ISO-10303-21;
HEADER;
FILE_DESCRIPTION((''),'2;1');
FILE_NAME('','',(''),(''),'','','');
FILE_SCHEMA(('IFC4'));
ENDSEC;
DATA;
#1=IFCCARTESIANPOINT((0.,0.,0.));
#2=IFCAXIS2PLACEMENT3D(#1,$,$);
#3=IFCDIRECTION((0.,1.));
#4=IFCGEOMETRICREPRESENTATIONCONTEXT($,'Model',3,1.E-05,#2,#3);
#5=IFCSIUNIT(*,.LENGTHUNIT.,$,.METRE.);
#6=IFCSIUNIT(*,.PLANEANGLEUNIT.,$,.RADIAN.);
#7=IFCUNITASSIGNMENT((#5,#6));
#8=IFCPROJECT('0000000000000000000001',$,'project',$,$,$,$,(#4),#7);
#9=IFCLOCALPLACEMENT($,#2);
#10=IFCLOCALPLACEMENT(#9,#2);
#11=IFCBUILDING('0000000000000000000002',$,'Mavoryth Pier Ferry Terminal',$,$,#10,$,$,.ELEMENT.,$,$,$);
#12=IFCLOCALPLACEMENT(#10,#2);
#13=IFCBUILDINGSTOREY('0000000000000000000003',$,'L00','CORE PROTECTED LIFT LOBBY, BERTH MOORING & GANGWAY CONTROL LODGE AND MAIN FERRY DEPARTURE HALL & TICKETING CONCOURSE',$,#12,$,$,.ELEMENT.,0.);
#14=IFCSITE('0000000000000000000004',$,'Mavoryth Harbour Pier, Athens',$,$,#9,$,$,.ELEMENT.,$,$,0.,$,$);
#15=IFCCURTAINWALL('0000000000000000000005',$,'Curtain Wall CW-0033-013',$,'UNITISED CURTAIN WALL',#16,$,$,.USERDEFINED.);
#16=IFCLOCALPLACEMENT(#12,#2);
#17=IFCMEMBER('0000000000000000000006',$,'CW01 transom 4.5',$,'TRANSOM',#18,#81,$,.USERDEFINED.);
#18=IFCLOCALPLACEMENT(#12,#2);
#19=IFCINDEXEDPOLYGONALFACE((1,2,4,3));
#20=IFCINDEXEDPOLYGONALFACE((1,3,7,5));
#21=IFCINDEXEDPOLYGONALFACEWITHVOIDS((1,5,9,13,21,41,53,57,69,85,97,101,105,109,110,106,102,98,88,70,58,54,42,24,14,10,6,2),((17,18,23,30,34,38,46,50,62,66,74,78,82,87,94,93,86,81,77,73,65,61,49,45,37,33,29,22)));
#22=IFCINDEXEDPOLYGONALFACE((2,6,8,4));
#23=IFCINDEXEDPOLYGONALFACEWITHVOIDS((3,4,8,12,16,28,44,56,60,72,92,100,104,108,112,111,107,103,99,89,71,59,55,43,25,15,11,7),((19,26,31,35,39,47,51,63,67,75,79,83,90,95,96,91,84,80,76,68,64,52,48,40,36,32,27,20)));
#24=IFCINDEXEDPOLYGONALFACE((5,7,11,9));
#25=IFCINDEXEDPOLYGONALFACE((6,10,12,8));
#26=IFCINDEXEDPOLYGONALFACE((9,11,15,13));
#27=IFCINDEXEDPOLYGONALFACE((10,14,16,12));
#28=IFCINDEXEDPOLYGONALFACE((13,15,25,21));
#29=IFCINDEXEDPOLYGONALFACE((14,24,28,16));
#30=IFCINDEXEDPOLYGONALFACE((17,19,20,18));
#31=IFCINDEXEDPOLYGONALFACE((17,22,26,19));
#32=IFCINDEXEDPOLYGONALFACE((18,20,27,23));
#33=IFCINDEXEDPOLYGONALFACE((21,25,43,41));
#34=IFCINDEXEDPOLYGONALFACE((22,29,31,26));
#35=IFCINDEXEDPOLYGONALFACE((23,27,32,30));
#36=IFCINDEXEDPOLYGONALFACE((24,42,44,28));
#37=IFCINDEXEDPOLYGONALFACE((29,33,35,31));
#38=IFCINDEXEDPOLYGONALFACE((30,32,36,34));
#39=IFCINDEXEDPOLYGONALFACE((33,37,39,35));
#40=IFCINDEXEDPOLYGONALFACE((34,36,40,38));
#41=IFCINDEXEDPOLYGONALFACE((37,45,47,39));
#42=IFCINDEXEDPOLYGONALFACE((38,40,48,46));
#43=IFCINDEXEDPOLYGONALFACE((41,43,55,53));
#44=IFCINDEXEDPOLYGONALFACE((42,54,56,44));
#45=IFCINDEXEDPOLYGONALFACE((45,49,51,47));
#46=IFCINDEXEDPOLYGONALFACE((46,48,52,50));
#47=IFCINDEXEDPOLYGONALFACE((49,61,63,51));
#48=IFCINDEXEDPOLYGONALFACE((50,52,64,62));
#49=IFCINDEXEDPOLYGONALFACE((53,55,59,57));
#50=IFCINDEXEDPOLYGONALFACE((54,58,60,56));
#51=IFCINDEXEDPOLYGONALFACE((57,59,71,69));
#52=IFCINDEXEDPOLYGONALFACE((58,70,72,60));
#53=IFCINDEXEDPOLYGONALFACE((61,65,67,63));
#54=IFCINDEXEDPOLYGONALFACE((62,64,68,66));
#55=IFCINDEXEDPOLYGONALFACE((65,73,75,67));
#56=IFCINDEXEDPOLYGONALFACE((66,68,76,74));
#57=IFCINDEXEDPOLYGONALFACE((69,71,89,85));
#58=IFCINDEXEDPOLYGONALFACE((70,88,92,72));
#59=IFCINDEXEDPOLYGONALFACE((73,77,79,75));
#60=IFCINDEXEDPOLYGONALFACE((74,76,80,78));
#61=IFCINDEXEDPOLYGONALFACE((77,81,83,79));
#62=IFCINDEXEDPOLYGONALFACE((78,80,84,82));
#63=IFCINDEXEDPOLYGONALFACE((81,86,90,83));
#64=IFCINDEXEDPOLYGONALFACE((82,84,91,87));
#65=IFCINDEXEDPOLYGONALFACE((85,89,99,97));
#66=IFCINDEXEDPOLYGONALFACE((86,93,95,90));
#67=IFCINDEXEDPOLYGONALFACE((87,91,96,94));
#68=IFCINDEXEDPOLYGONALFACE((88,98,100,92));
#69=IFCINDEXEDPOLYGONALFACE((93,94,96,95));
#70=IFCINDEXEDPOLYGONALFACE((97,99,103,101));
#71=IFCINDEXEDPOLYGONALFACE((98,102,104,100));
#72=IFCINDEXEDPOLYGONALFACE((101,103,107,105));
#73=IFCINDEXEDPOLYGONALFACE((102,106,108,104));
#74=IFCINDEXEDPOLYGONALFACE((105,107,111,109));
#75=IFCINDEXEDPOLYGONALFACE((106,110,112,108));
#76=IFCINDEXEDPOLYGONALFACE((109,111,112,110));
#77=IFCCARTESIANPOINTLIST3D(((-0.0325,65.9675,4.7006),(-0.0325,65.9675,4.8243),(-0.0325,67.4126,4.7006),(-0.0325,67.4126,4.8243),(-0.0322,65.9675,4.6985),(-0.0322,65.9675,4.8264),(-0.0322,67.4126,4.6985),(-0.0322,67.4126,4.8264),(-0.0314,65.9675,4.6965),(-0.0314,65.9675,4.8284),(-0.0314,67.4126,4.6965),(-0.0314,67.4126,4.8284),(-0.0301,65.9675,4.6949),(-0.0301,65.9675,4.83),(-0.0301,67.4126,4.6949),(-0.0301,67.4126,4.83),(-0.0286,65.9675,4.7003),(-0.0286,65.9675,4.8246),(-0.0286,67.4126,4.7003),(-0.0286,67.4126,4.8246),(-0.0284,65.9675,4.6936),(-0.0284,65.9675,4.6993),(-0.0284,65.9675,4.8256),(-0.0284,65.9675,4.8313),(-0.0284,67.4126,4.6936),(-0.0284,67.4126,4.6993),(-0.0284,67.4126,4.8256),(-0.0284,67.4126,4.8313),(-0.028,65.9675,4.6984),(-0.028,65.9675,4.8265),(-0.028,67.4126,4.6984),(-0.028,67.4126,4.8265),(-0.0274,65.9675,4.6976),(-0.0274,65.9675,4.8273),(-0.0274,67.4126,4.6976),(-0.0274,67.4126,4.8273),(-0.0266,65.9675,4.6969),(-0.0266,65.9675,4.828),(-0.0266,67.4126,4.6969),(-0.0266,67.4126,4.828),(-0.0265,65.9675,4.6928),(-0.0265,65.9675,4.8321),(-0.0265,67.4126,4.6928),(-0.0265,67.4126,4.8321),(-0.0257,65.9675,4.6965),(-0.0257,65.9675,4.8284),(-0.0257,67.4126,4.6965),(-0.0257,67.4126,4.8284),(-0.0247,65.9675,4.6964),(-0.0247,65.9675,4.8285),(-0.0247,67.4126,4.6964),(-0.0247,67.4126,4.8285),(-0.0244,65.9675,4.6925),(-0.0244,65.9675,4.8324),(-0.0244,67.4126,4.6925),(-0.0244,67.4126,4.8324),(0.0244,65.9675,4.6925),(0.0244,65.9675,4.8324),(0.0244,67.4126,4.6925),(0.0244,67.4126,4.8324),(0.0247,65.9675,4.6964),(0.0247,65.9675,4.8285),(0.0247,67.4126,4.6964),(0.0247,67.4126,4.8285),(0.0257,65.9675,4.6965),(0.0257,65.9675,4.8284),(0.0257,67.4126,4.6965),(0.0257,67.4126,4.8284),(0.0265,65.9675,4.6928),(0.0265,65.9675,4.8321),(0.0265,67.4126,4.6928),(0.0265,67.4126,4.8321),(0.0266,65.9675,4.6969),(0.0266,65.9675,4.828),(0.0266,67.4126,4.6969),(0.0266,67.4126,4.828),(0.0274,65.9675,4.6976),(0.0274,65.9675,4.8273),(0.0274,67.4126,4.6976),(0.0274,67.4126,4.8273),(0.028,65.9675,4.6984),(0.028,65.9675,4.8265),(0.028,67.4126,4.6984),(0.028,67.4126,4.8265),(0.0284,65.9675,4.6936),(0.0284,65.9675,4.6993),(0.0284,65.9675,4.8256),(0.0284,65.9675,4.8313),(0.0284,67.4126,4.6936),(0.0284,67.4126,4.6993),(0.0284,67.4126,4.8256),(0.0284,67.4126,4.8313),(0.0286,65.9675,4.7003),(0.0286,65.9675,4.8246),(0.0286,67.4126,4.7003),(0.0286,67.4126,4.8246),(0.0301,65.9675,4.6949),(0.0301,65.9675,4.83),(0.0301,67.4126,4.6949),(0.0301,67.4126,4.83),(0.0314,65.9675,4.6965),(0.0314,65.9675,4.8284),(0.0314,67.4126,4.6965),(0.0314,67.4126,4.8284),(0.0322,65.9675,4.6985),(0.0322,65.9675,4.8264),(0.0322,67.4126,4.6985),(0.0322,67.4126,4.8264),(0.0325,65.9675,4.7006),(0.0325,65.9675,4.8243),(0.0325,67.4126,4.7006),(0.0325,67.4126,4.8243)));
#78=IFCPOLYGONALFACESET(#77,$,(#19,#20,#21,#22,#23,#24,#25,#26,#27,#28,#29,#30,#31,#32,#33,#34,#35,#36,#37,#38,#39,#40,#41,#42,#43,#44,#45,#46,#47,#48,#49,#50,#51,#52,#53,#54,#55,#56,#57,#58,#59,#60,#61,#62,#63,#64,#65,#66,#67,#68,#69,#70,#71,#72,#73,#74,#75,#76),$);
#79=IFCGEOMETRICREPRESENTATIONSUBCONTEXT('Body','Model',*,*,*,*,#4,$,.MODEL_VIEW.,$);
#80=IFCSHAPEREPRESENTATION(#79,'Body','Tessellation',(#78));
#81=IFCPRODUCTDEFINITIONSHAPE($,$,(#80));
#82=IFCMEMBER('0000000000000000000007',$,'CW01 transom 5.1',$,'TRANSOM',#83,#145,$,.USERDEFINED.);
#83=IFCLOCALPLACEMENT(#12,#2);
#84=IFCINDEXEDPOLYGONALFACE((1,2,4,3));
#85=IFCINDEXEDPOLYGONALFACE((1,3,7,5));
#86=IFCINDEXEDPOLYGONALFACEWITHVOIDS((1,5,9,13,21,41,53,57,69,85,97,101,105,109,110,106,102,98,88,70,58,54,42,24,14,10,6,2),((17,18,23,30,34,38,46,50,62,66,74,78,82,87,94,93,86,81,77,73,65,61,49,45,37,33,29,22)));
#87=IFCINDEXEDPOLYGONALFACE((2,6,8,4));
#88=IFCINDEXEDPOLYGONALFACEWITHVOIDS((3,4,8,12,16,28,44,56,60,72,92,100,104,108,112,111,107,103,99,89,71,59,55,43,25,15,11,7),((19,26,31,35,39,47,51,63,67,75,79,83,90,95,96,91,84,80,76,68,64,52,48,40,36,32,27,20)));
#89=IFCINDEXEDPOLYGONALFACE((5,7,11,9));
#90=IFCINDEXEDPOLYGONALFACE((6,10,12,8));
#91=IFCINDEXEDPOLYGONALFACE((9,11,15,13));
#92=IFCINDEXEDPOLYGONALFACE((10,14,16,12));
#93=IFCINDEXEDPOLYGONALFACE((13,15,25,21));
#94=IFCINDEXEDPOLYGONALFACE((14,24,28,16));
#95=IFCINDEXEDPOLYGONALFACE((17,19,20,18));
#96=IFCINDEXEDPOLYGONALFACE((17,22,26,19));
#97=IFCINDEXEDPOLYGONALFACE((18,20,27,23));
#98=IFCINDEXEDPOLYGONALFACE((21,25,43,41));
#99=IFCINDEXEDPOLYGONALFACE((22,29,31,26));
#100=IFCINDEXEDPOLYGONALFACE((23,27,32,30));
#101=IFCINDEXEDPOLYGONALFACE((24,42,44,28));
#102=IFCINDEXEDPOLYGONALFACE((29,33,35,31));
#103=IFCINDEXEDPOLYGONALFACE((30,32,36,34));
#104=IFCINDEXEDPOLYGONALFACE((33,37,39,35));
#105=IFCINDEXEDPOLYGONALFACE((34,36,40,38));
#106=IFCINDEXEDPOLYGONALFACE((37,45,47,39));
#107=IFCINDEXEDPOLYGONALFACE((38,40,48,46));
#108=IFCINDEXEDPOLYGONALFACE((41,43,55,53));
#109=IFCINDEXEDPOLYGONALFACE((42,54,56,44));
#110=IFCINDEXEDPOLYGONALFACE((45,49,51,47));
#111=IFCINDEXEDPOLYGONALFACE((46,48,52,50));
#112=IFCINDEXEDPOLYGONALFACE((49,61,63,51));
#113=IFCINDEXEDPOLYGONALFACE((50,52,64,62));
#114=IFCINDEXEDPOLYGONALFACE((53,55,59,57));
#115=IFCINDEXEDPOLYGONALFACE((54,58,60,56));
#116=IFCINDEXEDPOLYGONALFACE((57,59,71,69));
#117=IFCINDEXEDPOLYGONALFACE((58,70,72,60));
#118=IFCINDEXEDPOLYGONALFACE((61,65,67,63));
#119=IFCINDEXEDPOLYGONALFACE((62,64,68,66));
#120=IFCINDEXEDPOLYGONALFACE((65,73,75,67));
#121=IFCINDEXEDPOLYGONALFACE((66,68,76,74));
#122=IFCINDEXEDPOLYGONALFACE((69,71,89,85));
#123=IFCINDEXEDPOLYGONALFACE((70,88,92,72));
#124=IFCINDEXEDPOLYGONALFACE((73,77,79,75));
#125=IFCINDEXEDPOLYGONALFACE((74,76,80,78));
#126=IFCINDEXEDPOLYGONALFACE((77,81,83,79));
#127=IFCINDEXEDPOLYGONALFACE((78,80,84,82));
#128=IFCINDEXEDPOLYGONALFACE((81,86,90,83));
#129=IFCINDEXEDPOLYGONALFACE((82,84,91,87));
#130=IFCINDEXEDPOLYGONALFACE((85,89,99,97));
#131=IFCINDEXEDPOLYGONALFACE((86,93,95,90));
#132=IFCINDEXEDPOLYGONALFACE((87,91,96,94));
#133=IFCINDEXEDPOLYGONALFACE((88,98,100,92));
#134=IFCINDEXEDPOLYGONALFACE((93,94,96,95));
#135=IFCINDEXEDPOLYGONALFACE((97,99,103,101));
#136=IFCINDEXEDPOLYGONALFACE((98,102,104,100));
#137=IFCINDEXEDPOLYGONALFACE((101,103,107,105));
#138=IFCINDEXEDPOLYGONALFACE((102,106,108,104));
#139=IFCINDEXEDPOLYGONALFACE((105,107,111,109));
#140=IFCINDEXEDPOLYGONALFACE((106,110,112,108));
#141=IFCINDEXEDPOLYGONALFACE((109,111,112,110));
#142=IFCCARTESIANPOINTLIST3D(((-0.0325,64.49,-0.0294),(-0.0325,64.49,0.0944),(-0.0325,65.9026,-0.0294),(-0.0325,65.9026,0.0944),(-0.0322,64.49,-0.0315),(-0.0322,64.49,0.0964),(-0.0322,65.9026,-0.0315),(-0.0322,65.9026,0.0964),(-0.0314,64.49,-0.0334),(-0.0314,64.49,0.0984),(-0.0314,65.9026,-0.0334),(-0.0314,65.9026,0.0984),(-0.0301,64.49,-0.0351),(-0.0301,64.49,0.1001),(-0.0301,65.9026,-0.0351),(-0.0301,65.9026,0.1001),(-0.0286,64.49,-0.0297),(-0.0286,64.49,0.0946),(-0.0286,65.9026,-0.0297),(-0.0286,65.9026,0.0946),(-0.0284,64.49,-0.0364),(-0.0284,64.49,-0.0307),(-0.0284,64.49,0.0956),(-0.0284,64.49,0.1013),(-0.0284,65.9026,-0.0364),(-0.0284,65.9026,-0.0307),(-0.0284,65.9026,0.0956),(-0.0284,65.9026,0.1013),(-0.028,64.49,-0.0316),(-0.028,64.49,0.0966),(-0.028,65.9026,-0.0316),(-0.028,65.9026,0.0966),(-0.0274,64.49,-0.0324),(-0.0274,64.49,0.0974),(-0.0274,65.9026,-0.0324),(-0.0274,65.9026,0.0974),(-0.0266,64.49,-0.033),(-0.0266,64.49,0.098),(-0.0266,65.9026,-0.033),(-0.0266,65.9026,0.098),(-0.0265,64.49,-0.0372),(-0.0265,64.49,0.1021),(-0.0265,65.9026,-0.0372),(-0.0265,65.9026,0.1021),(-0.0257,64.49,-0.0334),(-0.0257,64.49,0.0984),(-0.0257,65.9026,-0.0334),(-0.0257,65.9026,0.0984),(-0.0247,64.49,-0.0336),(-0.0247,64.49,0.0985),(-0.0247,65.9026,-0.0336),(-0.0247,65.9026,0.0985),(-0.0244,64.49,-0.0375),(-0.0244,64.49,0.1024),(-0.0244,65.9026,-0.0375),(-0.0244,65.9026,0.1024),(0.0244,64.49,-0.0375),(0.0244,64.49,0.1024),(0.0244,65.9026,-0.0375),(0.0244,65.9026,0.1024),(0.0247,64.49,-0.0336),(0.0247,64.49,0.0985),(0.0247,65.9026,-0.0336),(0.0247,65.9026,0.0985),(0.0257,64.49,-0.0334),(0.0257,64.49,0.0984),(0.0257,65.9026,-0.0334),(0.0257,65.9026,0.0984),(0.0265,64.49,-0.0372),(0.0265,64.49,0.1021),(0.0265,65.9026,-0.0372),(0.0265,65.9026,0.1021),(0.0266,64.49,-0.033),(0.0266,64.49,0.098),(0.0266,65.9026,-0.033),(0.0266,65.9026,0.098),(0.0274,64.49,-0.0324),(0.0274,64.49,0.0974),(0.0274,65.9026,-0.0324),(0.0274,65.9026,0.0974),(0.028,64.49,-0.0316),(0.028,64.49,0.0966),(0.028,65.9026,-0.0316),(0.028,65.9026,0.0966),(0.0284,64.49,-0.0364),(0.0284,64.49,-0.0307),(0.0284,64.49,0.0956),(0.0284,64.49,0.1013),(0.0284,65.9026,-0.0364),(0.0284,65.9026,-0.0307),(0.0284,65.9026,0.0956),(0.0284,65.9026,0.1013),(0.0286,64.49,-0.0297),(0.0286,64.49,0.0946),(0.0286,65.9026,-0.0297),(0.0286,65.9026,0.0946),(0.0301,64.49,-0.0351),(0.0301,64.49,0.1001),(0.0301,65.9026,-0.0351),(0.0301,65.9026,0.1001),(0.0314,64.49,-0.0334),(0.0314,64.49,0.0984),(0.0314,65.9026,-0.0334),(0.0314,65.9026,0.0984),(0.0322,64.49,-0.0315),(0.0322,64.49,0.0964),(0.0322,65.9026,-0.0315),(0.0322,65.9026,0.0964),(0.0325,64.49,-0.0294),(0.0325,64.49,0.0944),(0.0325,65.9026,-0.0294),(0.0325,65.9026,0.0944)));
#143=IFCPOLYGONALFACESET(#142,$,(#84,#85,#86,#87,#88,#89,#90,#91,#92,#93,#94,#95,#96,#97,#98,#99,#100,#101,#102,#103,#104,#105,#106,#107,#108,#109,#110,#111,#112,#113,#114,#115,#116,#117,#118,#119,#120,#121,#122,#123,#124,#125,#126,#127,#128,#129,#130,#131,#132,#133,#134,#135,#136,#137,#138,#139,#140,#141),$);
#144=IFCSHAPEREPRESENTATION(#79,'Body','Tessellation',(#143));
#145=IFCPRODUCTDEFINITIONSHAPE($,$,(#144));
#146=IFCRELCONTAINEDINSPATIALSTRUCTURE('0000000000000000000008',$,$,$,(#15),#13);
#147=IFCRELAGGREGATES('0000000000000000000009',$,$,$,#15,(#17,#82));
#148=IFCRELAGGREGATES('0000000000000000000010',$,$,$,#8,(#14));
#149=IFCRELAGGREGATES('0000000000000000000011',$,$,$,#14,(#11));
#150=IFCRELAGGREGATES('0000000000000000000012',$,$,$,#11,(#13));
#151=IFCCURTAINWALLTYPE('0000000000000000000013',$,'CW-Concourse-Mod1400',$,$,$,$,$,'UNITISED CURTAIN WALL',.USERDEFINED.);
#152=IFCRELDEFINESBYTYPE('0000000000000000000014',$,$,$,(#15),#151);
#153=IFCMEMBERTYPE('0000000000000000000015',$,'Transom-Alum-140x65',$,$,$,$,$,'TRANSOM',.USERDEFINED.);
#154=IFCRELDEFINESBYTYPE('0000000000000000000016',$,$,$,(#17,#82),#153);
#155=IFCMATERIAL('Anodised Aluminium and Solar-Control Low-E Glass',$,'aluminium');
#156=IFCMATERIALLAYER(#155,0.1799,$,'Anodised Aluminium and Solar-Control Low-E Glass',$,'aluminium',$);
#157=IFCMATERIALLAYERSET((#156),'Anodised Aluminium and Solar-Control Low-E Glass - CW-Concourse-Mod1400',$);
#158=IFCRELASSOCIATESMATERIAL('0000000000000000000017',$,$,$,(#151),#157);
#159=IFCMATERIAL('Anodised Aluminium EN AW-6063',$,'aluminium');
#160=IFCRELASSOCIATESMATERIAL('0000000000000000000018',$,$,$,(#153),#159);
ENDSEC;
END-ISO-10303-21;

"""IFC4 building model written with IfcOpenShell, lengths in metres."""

from ifc_helpers import new_model, si_unit, direction, frame, origin, origin_2d, place, context, subcontext, project, spatial, hollow_rectangle, extrude, material, layer, layer_set, material_profile, profile_set, type_object, element, aggregate, save


model = new_model("IFC4")

# Units and contexts
model_context = context("Model", 3, precision=1e-05, world=origin(), true_north=direction((0.0, 1.0)))
body_context = subcontext(model_context, "Body", "Model", "MODEL_VIEW")
ifc_project = project(units=[si_unit("LENGTHUNIT", "METRE"), si_unit("PLANEANGLEUNIT", "RADIAN")], contexts=[model_context])

# Site, building, storey
site_placement = place(None, origin())
site = spatial("IfcSite", under=ifc_project, at=site_placement, Name="Mavoryth Harbour Pier, Athens", CompositionType="ELEMENT", RefElevation=0.0)
building_placement = place(site_placement, origin())
building = spatial("IfcBuilding", under=site, at=building_placement, Name="Mavoryth Pier Ferry Terminal", CompositionType="ELEMENT")
storey_placement = place(building_placement, origin())
storey = spatial("IfcBuildingStorey", under=building, at=storey_placement, Name="L00", Description="CORE PROTECTED LIFT LOBBY, BERTH MOORING & GANGWAY CONTROL LODGE AND MAIN FERRY DEPARTURE HALL & TICKETING CONCOURSE", CompositionType="ELEMENT", Elevation=0.0)

# Curtain wall, members
ifc_material_1 = material(Name="Anodised Aluminium and Solar-Control Low-E Glass", Category="aluminium")
ifc_layer_1 = layer(ifc_material_1, 0.1799, Name="Anodised Aluminium and Solar-Control Low-E Glass", Category="aluminium")
ifc_layer_set_1 = layer_set([ifc_layer_1], Name="Anodised Aluminium and Solar-Control Low-E Glass - CW-Concourse-Mod1400")
curtain_wall_type = type_object("IfcCurtainWallType", Name="CW-Concourse-Mod1400", ElementType="UNITISED CURTAIN WALL", PredefinedType="USERDEFINED", material=ifc_layer_set_1)
curtain_wall_placement = place(storey_placement, origin())
curtain_wall = element("IfcCurtainWall", 1, at=curtain_wall_placement, inside=storey, type_object=curtain_wall_type, Name="Curtain Wall CW-0033-013", ObjectType="UNITISED CURTAIN WALL", PredefinedType="USERDEFINED")
ifc_material_2 = material(Name="Anodised Aluminium EN AW-6063", Category="aluminium")
ifc_material_profile_1 = material_profile(ifc_material_2, hollow_rectangle(XDim=0.0649, YDim=0.1399, WallThickness=0.0039, InnerFilletRadius=0.0039, OuterFilletRadius=0.0081, at=origin_2d()), Name="AL-TRAN 140x65x4", Category="aluminium")
ifc_profile_set_1 = profile_set([ifc_material_profile_1], Name="Anodised Aluminium EN AW-6063 - AL-TRAN 140x65x4")
member_type_1 = type_object("IfcMemberType", Name="Transom-Alum-140x65", ElementType="TRANSOM", PredefinedType="USERDEFINED", material=ifc_profile_set_1)
member_1_placement = place(storey_placement, frame((0.0, 67.4126, 4.7625), z_axis=(0.0, -1.0, 0.0), x_axis=(1.0, 0.0, 0.0)))
member_1 = element("IfcMember", 2, at=member_1_placement, type_object=member_type_1, Name="CW01 transom 4.5", ObjectType="TRANSOM", PredefinedType="USERDEFINED", context=body_context, shape_type="SweptSolid", body=[
    extrude(hollow_rectangle(XDim=0.0649, YDim=0.1399, WallThickness=0.0039, InnerFilletRadius=0.0039, OuterFilletRadius=0.0081, at=origin_2d()), origin(), (0.0, 0.0, 1.0), 1.4451),
])
member_2_placement = place(storey_placement, frame((0.0, 65.9026, 0.0325), z_axis=(0.0, -1.0, 0.0), x_axis=(1.0, 0.0, 0.0)))
member_2 = element("IfcMember", 3, at=member_2_placement, type_object=member_type_1, Name="CW01 transom 5.1", ObjectType="TRANSOM", PredefinedType="USERDEFINED", context=body_context, shape_type="SweptSolid", body=[
    extrude(hollow_rectangle(XDim=0.0649, YDim=0.1399, WallThickness=0.0039, InnerFilletRadius=0.0039, OuterFilletRadius=0.0081, at=origin_2d()), origin(), (0.0, 0.0, 1.0), 1.4126),
])
aggregate(curtain_wall, [member_1, member_2])

save(model, "model.ifc")
